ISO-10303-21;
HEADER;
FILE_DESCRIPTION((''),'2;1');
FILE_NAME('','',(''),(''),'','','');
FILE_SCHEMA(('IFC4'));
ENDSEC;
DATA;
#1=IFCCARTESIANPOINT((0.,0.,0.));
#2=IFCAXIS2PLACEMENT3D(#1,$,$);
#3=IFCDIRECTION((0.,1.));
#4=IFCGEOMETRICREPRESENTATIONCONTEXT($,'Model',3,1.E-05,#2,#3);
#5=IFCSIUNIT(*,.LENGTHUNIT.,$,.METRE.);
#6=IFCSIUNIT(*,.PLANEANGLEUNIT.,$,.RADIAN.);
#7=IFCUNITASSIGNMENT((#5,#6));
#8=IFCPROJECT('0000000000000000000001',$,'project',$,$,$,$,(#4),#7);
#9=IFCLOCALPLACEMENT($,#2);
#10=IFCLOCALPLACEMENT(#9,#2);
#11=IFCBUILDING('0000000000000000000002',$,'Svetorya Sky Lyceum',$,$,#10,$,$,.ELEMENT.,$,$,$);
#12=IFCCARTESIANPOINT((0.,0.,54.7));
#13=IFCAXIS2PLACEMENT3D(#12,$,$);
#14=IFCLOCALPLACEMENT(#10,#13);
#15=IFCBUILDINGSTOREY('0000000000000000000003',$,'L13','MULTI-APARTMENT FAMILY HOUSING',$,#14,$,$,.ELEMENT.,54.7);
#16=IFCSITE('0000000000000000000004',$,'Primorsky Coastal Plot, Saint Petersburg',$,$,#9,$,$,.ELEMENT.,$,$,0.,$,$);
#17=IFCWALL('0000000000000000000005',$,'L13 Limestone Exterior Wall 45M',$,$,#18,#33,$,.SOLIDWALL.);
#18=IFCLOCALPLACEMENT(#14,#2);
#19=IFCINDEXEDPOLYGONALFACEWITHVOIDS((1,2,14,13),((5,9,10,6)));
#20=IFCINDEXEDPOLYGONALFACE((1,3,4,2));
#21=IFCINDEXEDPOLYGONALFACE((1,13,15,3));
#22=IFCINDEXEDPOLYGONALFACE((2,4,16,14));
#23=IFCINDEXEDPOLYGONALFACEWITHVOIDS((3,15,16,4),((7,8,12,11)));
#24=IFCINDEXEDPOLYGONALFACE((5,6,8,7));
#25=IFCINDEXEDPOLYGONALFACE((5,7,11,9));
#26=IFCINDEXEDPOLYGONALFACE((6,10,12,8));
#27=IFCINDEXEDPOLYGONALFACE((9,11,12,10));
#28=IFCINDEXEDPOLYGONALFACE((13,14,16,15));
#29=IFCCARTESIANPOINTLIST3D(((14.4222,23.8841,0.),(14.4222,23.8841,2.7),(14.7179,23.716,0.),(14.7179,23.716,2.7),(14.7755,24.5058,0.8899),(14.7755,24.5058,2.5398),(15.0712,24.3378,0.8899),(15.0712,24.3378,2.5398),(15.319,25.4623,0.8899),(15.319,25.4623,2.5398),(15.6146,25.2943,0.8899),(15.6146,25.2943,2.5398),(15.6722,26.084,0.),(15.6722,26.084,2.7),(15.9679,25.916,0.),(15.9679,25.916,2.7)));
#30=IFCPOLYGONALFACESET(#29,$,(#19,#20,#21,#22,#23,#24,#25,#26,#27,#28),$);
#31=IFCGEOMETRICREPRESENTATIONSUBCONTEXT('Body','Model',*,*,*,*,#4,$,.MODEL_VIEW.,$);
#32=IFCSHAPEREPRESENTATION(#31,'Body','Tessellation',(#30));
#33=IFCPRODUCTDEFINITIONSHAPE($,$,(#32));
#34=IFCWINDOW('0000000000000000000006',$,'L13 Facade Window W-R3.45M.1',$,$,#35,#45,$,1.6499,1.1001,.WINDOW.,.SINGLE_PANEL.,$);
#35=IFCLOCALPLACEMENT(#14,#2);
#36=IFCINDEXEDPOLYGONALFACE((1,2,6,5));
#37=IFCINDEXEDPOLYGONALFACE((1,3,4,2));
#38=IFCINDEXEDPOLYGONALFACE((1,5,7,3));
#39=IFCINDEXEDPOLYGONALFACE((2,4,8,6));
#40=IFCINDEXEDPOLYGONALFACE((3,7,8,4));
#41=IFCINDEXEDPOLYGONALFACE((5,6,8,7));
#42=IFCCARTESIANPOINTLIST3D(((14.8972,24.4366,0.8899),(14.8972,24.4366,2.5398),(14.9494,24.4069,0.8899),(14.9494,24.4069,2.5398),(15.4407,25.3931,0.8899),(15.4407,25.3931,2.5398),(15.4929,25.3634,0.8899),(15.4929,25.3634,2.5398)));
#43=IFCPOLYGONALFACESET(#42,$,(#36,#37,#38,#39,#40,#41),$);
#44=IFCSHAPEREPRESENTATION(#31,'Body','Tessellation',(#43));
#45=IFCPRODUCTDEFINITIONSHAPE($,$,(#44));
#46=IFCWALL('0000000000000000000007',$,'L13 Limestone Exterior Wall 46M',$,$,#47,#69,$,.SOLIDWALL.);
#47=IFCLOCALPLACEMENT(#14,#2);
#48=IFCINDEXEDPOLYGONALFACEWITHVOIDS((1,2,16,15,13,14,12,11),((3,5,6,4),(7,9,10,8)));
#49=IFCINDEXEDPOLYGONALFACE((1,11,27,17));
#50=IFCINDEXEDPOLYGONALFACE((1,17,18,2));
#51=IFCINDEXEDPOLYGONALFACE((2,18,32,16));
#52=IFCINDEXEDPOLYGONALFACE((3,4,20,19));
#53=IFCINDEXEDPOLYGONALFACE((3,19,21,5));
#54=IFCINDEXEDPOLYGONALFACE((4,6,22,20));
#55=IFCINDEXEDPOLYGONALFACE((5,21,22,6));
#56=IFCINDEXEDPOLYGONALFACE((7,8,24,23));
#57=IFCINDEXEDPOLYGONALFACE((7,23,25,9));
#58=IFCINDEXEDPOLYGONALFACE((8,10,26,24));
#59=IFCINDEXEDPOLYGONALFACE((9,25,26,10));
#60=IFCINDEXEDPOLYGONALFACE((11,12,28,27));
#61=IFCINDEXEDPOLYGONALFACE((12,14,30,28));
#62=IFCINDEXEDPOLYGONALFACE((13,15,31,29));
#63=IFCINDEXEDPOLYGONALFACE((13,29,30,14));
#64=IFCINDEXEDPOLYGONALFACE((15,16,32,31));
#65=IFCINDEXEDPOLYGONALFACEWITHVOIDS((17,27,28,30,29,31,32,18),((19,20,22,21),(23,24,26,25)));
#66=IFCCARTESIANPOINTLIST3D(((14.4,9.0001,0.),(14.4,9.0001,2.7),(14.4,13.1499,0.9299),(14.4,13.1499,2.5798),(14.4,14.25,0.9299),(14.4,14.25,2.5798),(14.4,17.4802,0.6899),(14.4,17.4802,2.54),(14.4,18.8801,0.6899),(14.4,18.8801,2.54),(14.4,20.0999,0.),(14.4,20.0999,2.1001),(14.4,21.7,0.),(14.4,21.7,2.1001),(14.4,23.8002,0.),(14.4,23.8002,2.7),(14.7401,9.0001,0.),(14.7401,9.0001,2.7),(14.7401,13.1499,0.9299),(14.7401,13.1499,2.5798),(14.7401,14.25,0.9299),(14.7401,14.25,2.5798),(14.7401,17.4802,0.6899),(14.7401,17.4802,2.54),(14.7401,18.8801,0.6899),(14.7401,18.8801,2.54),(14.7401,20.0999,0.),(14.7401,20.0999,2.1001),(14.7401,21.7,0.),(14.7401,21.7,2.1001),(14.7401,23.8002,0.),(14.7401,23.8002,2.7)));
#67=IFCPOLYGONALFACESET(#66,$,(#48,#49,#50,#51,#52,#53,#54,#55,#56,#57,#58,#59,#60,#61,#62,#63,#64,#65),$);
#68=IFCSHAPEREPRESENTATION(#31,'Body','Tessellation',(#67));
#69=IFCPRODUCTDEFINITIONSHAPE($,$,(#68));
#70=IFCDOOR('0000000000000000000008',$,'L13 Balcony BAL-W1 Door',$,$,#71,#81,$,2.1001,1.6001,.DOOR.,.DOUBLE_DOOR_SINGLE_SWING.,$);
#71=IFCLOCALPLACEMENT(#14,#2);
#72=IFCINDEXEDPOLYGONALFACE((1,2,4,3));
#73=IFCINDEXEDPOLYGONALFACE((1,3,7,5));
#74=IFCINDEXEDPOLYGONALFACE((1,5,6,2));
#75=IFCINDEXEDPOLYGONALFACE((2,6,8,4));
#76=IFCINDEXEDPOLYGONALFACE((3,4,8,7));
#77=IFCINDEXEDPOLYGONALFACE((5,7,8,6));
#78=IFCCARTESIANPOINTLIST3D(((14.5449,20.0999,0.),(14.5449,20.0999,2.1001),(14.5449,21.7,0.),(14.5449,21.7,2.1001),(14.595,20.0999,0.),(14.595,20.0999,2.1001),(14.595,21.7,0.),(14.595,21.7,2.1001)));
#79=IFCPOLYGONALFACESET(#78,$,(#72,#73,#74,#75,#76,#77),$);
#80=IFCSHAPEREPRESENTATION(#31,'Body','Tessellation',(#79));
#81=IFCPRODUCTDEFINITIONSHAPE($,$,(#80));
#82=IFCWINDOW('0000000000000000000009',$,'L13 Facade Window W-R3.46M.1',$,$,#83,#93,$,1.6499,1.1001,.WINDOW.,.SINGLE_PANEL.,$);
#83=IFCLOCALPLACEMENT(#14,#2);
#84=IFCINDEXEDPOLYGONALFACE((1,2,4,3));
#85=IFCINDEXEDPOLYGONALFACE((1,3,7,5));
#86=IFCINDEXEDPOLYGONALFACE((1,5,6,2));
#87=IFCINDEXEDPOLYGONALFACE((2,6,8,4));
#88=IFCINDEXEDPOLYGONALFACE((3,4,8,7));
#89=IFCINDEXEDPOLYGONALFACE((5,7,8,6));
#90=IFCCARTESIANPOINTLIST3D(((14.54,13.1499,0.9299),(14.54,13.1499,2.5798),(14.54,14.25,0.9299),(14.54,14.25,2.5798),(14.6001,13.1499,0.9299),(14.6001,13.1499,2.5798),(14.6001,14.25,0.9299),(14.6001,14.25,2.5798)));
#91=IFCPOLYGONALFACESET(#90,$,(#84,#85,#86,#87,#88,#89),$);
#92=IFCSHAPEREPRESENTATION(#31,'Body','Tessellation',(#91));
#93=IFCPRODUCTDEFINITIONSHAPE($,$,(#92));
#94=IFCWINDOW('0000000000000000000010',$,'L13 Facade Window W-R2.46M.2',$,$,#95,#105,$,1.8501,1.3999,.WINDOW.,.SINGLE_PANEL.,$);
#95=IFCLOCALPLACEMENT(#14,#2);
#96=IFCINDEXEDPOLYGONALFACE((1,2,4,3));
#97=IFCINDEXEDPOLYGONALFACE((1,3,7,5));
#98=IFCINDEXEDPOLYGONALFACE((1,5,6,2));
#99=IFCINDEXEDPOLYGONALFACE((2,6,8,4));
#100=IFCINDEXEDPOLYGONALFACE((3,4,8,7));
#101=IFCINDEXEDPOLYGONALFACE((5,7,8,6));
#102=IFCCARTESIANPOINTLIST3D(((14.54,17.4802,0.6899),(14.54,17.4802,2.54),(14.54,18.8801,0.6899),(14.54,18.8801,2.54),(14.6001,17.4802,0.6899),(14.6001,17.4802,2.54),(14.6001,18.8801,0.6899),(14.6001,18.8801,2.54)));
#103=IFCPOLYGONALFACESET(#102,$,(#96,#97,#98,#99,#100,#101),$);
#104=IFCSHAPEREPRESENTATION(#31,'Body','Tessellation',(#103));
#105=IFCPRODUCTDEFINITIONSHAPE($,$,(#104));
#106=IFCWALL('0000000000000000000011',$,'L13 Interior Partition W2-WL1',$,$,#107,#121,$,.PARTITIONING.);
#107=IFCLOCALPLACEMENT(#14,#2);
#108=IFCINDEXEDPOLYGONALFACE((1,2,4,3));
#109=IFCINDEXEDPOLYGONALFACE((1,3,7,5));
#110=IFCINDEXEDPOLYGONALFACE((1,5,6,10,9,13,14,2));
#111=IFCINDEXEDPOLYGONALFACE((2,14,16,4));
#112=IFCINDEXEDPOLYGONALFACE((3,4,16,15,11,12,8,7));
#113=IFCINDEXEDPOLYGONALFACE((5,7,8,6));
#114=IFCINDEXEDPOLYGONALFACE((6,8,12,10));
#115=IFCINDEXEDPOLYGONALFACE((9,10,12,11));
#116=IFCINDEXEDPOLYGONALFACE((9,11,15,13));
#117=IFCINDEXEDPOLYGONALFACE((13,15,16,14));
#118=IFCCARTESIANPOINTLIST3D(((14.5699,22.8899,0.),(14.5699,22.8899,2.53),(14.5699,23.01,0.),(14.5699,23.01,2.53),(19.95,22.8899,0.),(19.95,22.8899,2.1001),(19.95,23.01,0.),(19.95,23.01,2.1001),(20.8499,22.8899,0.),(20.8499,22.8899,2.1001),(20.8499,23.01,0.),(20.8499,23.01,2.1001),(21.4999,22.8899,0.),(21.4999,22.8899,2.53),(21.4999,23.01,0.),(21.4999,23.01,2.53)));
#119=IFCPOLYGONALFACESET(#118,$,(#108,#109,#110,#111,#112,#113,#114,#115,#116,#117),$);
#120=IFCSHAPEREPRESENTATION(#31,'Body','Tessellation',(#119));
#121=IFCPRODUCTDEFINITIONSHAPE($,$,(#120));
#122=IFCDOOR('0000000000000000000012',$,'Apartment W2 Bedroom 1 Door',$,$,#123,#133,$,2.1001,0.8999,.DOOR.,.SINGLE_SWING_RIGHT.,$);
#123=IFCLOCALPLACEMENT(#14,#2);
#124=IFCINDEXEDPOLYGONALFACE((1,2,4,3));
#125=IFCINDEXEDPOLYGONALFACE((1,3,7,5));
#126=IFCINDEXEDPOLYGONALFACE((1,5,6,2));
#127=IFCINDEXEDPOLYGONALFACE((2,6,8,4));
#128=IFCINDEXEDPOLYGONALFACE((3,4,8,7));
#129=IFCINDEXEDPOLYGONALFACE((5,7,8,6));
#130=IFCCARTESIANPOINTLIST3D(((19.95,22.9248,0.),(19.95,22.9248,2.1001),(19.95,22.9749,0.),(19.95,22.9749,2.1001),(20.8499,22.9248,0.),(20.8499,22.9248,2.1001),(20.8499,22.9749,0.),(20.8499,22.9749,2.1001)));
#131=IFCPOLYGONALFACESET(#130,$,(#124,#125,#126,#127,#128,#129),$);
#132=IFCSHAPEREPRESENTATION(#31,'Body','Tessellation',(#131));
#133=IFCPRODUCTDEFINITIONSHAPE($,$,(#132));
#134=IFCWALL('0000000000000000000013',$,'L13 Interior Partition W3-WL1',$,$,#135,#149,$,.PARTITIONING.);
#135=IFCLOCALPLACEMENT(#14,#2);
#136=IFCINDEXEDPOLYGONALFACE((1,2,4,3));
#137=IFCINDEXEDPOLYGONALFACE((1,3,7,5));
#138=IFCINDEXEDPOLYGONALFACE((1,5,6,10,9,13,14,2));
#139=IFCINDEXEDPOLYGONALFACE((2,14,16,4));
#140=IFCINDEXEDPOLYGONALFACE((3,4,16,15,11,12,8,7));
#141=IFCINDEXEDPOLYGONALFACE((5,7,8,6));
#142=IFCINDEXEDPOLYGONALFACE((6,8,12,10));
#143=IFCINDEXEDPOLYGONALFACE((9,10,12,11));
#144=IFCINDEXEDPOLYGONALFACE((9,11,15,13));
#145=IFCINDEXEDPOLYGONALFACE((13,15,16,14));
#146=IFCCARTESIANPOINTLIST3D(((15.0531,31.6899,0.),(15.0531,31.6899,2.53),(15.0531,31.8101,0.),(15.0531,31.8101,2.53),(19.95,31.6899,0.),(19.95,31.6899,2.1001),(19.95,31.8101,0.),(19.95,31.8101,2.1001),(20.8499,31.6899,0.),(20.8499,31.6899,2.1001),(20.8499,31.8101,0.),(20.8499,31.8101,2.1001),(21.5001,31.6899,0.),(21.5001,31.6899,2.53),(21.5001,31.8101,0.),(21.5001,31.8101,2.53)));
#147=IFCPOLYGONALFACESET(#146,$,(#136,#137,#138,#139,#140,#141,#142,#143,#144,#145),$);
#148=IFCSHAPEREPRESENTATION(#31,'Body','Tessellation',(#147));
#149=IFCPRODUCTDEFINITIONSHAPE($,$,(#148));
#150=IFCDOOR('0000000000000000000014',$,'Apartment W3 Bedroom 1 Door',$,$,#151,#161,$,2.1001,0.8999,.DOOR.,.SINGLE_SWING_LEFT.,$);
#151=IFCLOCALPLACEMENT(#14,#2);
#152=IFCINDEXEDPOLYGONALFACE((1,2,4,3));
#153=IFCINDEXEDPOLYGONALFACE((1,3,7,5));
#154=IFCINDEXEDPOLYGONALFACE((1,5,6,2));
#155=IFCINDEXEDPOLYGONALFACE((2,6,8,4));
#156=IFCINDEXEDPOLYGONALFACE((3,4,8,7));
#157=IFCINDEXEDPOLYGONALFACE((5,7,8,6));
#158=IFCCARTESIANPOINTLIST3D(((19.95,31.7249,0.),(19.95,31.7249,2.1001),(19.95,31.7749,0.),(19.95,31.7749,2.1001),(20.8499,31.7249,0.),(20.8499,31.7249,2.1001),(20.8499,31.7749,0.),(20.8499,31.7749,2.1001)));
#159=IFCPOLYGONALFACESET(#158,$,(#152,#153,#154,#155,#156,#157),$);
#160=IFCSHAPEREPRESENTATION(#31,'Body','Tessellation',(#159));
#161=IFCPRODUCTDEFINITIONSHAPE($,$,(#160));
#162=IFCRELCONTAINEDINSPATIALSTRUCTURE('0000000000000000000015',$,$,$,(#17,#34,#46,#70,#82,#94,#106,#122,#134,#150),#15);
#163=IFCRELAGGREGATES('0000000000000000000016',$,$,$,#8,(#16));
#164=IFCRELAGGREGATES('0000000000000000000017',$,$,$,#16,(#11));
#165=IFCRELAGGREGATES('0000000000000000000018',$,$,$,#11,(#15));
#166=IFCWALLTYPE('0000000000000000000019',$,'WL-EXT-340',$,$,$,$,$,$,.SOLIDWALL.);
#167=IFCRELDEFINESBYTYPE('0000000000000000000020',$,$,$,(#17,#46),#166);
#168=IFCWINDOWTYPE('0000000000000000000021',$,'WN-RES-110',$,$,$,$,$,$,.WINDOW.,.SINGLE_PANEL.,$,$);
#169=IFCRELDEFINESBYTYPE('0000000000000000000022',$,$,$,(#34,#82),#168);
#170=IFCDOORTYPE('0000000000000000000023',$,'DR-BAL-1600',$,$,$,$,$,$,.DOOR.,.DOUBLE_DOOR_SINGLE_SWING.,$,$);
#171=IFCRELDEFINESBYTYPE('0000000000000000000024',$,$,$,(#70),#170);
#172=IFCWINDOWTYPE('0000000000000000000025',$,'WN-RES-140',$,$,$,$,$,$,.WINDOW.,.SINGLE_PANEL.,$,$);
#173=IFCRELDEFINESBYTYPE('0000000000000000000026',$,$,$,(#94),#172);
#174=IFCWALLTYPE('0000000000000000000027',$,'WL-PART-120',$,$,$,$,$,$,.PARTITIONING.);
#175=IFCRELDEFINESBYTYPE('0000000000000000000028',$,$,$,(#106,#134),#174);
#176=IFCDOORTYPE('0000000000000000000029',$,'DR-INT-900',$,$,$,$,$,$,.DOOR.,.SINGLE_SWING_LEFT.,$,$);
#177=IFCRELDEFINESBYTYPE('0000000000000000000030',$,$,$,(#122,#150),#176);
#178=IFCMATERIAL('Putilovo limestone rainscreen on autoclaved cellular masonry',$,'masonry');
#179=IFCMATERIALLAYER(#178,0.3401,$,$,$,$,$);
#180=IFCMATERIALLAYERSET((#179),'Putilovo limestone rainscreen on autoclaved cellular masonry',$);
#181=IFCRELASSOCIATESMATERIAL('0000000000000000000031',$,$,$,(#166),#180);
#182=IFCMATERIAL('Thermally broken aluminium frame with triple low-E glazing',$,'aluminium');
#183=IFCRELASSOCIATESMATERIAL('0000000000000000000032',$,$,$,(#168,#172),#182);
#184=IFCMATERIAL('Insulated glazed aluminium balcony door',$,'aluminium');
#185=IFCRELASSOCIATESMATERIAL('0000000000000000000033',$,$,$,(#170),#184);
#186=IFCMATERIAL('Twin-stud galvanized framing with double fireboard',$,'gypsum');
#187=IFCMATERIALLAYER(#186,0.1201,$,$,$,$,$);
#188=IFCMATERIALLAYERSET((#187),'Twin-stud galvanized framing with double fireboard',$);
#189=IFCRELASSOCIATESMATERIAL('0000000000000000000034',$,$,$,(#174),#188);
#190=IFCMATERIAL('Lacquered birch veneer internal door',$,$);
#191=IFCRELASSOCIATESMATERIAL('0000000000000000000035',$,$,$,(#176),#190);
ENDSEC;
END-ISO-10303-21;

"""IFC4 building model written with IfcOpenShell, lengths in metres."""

from ifc_helpers import new_model, si_unit, direction, frame, frame_2d, origin, place, context, subcontext, project, spatial, rectangle, extrude, material, layer, layer_set, type_object, element, fill, save


model = new_model("IFC4")

# Units and contexts
model_context = context("Model", 3, precision=1e-05, world=origin(), true_north=direction((0.0, 1.0)))
body_context = subcontext(model_context, "Body", "Model", "MODEL_VIEW")
ifc_project = project(units=[si_unit("LENGTHUNIT", "METRE"), si_unit("PLANEANGLEUNIT", "RADIAN")], contexts=[model_context])

# Site, building, storey
site_placement = place(None, origin())
site = spatial("IfcSite", under=ifc_project, at=site_placement, Name="Primorsky Coastal Plot, Saint Petersburg", CompositionType="ELEMENT", RefElevation=0.0)
building_placement = place(site_placement, origin())
building = spatial("IfcBuilding", under=site, at=building_placement, Name="Svetorya Sky Lyceum", CompositionType="ELEMENT")
storey_placement = place(building_placement, frame((0.0, 0.0, 54.7)))
storey = spatial("IfcBuildingStorey", under=building, at=storey_placement, Name="L13", Description="MULTI-APARTMENT FAMILY HOUSING", CompositionType="ELEMENT", Elevation=54.7)

# Shared definitions
ifc_material_1 = material(Name="Putilovo limestone rainscreen on autoclaved cellular masonry", Category="masonry")
ifc_layer_1 = layer(ifc_material_1, 0.3401)
ifc_layer_set_1 = layer_set([ifc_layer_1], Name="Putilovo limestone rainscreen on autoclaved cellular masonry")
wall_type_1 = type_object("IfcWallType", Name="WL-EXT-340", PredefinedType="SOLIDWALL", material=ifc_layer_set_1)
ifc_material_2 = material(Name="Thermally broken aluminium frame with triple low-E glazing", Category="aluminium")

# Wall, opening, window
wall_1_placement = place(storey_placement, frame((15.8201, 26.0, 0.0), z_axis=(0.0, 0.0, 1.0), x_axis=(-0.494018, -0.869452, 0.0)))
wall_1 = element("IfcWall", 1, at=wall_1_placement, inside=storey, type_object=wall_type_1, Name="L13 Limestone Exterior Wall 45M", PredefinedType="SOLIDWALL", context=body_context, shape_type="SweptSolid", body=[
    extrude(rectangle(XDim=2.5303, YDim=0.3401, at=frame_2d((1.2651, 0.0))), origin(), (0.0, 0.0, 1.0), 2.7),
])
opening_1_placement = place(wall_1_placement, frame((0.7151, 0.0, 0.8899)))
opening_1 = element("IfcOpeningElement", 2, at=opening_1_placement, cuts=wall_1, PredefinedType="OPENING", context=body_context, shape_type="SweptSolid", body=[
    extrude(rectangle(XDim=1.1001, YDim=1.6499, at=frame_2d((0.55, 0.825))), frame((0.0, 0.1799, 0.0), z_axis=(0.0, -1.0, 0.0), x_axis=(1.0, 0.0, 0.0)), (0.0, 0.0, 1.0), 0.3601),
])
window_type_1 = type_object("IfcWindowType", Name="WN-RES-110", PartitioningType="SINGLE_PANEL", PredefinedType="WINDOW", material=ifc_material_2)
window_1_placement = place(opening_1_placement, origin())
window_1 = element("IfcWindow", 3, at=window_1_placement, inside=storey, type_object=window_type_1, Name="L13 Facade Window W-R3.45M.1", OverallHeight=1.6499, OverallWidth=1.1001, PartitioningType="SINGLE_PANEL", PredefinedType="WINDOW", context=body_context, shape_type="SweptSolid", body=[
    extrude(rectangle(XDim=1.1001, YDim=1.6499, at=frame_2d((0.55, 0.825))), frame((0.0, 0.03, 0.0), z_axis=(0.0, -1.0, 0.0), x_axis=(1.0, 0.0, 0.0)), (0.0, 0.0, 1.0), 0.0601),
])
fill(opening_1, window_1)

# Wall, openings, door, windows
wall_2_placement = place(storey_placement, frame((14.5701, 23.8, 0.0), z_axis=(0.0, 0.0, 1.0), x_axis=(0.0, -1.0, 0.0)))
wall_2 = element("IfcWall", 4, at=wall_2_placement, inside=storey, type_object=wall_type_1, Name="L13 Limestone Exterior Wall 46M", PredefinedType="SOLIDWALL", context=body_context, shape_type="SweptSolid", body=[
    extrude(rectangle(XDim=14.8, YDim=0.3401, at=frame_2d((7.3999, 0.0))), origin(), (0.0, 0.0, 1.0), 2.7),
])
opening_2_placement = place(wall_2_placement, frame((2.1001, 0.0, 0.0)))
opening_2 = element("IfcOpeningElement", 5, at=opening_2_placement, cuts=wall_2, PredefinedType="OPENING", context=body_context, shape_type="SweptSolid", body=[
    extrude(rectangle(XDim=1.6001, YDim=2.1001, at=frame_2d((0.8, 1.05))), frame((0.0, 0.1799, 0.0), z_axis=(0.0, -1.0, 0.0), x_axis=(1.0, 0.0, 0.0)), (0.0, 0.0, 1.0), 0.3601),
])
opening_3_placement = place(wall_2_placement, frame((4.9199, 0.0, 0.6899)))
opening_3 = element("IfcOpeningElement", 6, at=opening_3_placement, cuts=wall_2, PredefinedType="OPENING", context=body_context, shape_type="SweptSolid", body=[
    extrude(rectangle(XDim=1.3999, YDim=1.8501, at=frame_2d((0.7, 0.925))), frame((0.0, 0.1799, 0.0), z_axis=(0.0, -1.0, 0.0), x_axis=(1.0, 0.0, 0.0)), (0.0, 0.0, 1.0), 0.3601),
])
opening_4_placement = place(wall_2_placement, frame((9.55, 0.0, 0.9299)))
opening_4 = element("IfcOpeningElement", 7, at=opening_4_placement, cuts=wall_2, PredefinedType="OPENING", context=body_context, shape_type="SweptSolid", body=[
    extrude(rectangle(XDim=1.1001, YDim=1.6499, at=frame_2d((0.55, 0.825))), frame((0.0, 0.1799, 0.0), z_axis=(0.0, -1.0, 0.0), x_axis=(1.0, 0.0, 0.0)), (0.0, 0.0, 1.0), 0.3601),
])
ifc_material_3 = material(Name="Insulated glazed aluminium balcony door", Category="aluminium")
door_type_1 = type_object("IfcDoorType", Name="DR-BAL-1600", OperationType="DOUBLE_DOOR_SINGLE_SWING", PredefinedType="DOOR", material=ifc_material_3)
door_1_placement = place(opening_2_placement, origin())
door_1 = element("IfcDoor", 8, at=door_1_placement, inside=storey, type_object=door_type_1, Name="L13 Balcony BAL-W1 Door", OperationType="DOUBLE_DOOR_SINGLE_SWING", OverallHeight=2.1001, OverallWidth=1.6001, PredefinedType="DOOR", context=body_context, shape_type="SweptSolid", body=[
    extrude(rectangle(XDim=1.6001, YDim=2.1001, at=frame_2d((0.8, 1.05))), frame((0.0, 0.0249, 0.0), z_axis=(0.0, -1.0, 0.0), x_axis=(1.0, 0.0, 0.0)), (0.0, 0.0, 1.0), 0.05),
])
fill(opening_2, door_1)
window_2_placement = place(opening_4_placement, origin())
window_2 = element("IfcWindow", 9, at=window_2_placement, inside=storey, type_object=window_type_1, Name="L13 Facade Window W-R3.46M.1", OverallHeight=1.6499, OverallWidth=1.1001, PartitioningType="SINGLE_PANEL", PredefinedType="WINDOW", context=body_context, shape_type="SweptSolid", body=[
    extrude(rectangle(XDim=1.1001, YDim=1.6499, at=frame_2d((0.55, 0.825))), frame((0.0, 0.03, 0.0), z_axis=(0.0, -1.0, 0.0), x_axis=(1.0, 0.0, 0.0)), (0.0, 0.0, 1.0), 0.0601),
])
fill(opening_4, window_2)
window_type_2 = type_object("IfcWindowType", Name="WN-RES-140", PartitioningType="SINGLE_PANEL", PredefinedType="WINDOW", material=ifc_material_2)
window_3_placement = place(opening_3_placement, origin())
window_3 = element("IfcWindow", 10, at=window_3_placement, inside=storey, type_object=window_type_2, Name="L13 Facade Window W-R2.46M.2", OverallHeight=1.8501, OverallWidth=1.3999, PartitioningType="SINGLE_PANEL", PredefinedType="WINDOW", context=body_context, shape_type="SweptSolid", body=[
    extrude(rectangle(XDim=1.3999, YDim=1.8501, at=frame_2d((0.7, 0.925))), frame((0.0, 0.03, 0.0), z_axis=(0.0, -1.0, 0.0), x_axis=(1.0, 0.0, 0.0)), (0.0, 0.0, 1.0), 0.0601),
])
fill(opening_3, window_3)

# Walls, openings, doors
ifc_material_4 = material(Name="Twin-stud galvanized framing with double fireboard", Category="gypsum")
ifc_layer_2 = layer(ifc_material_4, 0.1201)
ifc_layer_set_2 = layer_set([ifc_layer_2], Name="Twin-stud galvanized framing with double fireboard")
wall_type_2 = type_object("IfcWallType", Name="WL-PART-120", PredefinedType="PARTITIONING", material=ifc_layer_set_2)
wall_3_placement = place(storey_placement, frame((14.5701, 22.95, 0.0), z_axis=(0.0, 0.0, 1.0), x_axis=(1.0, 0.0, 0.0)))
wall_3 = element("IfcWall", 11, at=wall_3_placement, inside=storey, type_object=wall_type_2, Name="L13 Interior Partition W2-WL1", PredefinedType="PARTITIONING", context=body_context, shape_type="SweptSolid", body=[
    extrude(rectangle(XDim=6.9299, YDim=0.1201, at=frame_2d((3.4648, 0.0))), origin(), (0.0, 0.0, 1.0), 2.53),
])
opening_5_placement = place(wall_3_placement, frame((5.3799, 0.0, 0.0)))
opening_5 = element("IfcOpeningElement", 12, at=opening_5_placement, cuts=wall_3, PredefinedType="OPENING", context=body_context, shape_type="SweptSolid", body=[
    extrude(rectangle(XDim=0.8999, YDim=2.1001, at=frame_2d((0.45, 1.05))), frame((0.0, 0.0701, 0.0), z_axis=(0.0, -1.0, 0.0), x_axis=(1.0, 0.0, 0.0)), (0.0, 0.0, 1.0), 0.1401),
])
ifc_material_5 = material(Name="Lacquered birch veneer internal door")
door_type_2 = type_object("IfcDoorType", Name="DR-INT-900", OperationType="SINGLE_SWING_LEFT", PredefinedType="DOOR", material=ifc_material_5)
door_2_placement = place(opening_5_placement, origin())
door_2 = element("IfcDoor", 13, at=door_2_placement, inside=storey, type_object=door_type_2, Name="Apartment W2 Bedroom 1 Door", OperationType="SINGLE_SWING_RIGHT", OverallHeight=2.1001, OverallWidth=0.8999, PredefinedType="DOOR", context=body_context, shape_type="SweptSolid", body=[
    extrude(rectangle(XDim=0.8999, YDim=2.1001, at=frame_2d((0.45, 1.05))), frame((0.0, 0.0249, 0.0), z_axis=(0.0, -1.0, 0.0), x_axis=(1.0, 0.0, 0.0)), (0.0, 0.0, 1.0), 0.05),
])
fill(opening_5, door_2)
wall_4_placement = place(storey_placement, frame((15.053, 31.75, 0.0), z_axis=(0.0, 0.0, 1.0), x_axis=(1.0, 0.0, 0.0)))
wall_4 = element("IfcWall", 14, at=wall_4_placement, inside=storey, type_object=wall_type_2, Name="L13 Interior Partition W3-WL1", PredefinedType="PARTITIONING", context=body_context, shape_type="SweptSolid", body=[
    extrude(rectangle(XDim=6.447, YDim=0.1201, at=frame_2d((3.2236, 0.0))), origin(), (0.0, 0.0, 1.0), 2.53),
])
opening_6_placement = place(wall_4_placement, frame((4.897, 0.0, 0.0)))
opening_6 = element("IfcOpeningElement", 15, at=opening_6_placement, cuts=wall_4, PredefinedType="OPENING", context=body_context, shape_type="SweptSolid", body=[
    extrude(rectangle(XDim=0.8999, YDim=2.1001, at=frame_2d((0.45, 1.05))), frame((0.0, 0.0701, 0.0), z_axis=(0.0, -1.0, 0.0), x_axis=(1.0, 0.0, 0.0)), (0.0, 0.0, 1.0), 0.1401),
])
door_3_placement = place(opening_6_placement, origin())
door_3 = element("IfcDoor", 16, at=door_3_placement, inside=storey, type_object=door_type_2, Name="Apartment W3 Bedroom 1 Door", OperationType="SINGLE_SWING_LEFT", OverallHeight=2.1001, OverallWidth=0.8999, PredefinedType="DOOR", context=body_context, shape_type="SweptSolid", body=[
    extrude(rectangle(XDim=0.8999, YDim=2.1001, at=frame_2d((0.45, 1.05))), frame((0.0, 0.0249, 0.0), z_axis=(0.0, -1.0, 0.0), x_axis=(1.0, 0.0, 0.0)), (0.0, 0.0, 1.0), 0.05),
])
fill(opening_6, door_3)

save(model, "model.ifc")
